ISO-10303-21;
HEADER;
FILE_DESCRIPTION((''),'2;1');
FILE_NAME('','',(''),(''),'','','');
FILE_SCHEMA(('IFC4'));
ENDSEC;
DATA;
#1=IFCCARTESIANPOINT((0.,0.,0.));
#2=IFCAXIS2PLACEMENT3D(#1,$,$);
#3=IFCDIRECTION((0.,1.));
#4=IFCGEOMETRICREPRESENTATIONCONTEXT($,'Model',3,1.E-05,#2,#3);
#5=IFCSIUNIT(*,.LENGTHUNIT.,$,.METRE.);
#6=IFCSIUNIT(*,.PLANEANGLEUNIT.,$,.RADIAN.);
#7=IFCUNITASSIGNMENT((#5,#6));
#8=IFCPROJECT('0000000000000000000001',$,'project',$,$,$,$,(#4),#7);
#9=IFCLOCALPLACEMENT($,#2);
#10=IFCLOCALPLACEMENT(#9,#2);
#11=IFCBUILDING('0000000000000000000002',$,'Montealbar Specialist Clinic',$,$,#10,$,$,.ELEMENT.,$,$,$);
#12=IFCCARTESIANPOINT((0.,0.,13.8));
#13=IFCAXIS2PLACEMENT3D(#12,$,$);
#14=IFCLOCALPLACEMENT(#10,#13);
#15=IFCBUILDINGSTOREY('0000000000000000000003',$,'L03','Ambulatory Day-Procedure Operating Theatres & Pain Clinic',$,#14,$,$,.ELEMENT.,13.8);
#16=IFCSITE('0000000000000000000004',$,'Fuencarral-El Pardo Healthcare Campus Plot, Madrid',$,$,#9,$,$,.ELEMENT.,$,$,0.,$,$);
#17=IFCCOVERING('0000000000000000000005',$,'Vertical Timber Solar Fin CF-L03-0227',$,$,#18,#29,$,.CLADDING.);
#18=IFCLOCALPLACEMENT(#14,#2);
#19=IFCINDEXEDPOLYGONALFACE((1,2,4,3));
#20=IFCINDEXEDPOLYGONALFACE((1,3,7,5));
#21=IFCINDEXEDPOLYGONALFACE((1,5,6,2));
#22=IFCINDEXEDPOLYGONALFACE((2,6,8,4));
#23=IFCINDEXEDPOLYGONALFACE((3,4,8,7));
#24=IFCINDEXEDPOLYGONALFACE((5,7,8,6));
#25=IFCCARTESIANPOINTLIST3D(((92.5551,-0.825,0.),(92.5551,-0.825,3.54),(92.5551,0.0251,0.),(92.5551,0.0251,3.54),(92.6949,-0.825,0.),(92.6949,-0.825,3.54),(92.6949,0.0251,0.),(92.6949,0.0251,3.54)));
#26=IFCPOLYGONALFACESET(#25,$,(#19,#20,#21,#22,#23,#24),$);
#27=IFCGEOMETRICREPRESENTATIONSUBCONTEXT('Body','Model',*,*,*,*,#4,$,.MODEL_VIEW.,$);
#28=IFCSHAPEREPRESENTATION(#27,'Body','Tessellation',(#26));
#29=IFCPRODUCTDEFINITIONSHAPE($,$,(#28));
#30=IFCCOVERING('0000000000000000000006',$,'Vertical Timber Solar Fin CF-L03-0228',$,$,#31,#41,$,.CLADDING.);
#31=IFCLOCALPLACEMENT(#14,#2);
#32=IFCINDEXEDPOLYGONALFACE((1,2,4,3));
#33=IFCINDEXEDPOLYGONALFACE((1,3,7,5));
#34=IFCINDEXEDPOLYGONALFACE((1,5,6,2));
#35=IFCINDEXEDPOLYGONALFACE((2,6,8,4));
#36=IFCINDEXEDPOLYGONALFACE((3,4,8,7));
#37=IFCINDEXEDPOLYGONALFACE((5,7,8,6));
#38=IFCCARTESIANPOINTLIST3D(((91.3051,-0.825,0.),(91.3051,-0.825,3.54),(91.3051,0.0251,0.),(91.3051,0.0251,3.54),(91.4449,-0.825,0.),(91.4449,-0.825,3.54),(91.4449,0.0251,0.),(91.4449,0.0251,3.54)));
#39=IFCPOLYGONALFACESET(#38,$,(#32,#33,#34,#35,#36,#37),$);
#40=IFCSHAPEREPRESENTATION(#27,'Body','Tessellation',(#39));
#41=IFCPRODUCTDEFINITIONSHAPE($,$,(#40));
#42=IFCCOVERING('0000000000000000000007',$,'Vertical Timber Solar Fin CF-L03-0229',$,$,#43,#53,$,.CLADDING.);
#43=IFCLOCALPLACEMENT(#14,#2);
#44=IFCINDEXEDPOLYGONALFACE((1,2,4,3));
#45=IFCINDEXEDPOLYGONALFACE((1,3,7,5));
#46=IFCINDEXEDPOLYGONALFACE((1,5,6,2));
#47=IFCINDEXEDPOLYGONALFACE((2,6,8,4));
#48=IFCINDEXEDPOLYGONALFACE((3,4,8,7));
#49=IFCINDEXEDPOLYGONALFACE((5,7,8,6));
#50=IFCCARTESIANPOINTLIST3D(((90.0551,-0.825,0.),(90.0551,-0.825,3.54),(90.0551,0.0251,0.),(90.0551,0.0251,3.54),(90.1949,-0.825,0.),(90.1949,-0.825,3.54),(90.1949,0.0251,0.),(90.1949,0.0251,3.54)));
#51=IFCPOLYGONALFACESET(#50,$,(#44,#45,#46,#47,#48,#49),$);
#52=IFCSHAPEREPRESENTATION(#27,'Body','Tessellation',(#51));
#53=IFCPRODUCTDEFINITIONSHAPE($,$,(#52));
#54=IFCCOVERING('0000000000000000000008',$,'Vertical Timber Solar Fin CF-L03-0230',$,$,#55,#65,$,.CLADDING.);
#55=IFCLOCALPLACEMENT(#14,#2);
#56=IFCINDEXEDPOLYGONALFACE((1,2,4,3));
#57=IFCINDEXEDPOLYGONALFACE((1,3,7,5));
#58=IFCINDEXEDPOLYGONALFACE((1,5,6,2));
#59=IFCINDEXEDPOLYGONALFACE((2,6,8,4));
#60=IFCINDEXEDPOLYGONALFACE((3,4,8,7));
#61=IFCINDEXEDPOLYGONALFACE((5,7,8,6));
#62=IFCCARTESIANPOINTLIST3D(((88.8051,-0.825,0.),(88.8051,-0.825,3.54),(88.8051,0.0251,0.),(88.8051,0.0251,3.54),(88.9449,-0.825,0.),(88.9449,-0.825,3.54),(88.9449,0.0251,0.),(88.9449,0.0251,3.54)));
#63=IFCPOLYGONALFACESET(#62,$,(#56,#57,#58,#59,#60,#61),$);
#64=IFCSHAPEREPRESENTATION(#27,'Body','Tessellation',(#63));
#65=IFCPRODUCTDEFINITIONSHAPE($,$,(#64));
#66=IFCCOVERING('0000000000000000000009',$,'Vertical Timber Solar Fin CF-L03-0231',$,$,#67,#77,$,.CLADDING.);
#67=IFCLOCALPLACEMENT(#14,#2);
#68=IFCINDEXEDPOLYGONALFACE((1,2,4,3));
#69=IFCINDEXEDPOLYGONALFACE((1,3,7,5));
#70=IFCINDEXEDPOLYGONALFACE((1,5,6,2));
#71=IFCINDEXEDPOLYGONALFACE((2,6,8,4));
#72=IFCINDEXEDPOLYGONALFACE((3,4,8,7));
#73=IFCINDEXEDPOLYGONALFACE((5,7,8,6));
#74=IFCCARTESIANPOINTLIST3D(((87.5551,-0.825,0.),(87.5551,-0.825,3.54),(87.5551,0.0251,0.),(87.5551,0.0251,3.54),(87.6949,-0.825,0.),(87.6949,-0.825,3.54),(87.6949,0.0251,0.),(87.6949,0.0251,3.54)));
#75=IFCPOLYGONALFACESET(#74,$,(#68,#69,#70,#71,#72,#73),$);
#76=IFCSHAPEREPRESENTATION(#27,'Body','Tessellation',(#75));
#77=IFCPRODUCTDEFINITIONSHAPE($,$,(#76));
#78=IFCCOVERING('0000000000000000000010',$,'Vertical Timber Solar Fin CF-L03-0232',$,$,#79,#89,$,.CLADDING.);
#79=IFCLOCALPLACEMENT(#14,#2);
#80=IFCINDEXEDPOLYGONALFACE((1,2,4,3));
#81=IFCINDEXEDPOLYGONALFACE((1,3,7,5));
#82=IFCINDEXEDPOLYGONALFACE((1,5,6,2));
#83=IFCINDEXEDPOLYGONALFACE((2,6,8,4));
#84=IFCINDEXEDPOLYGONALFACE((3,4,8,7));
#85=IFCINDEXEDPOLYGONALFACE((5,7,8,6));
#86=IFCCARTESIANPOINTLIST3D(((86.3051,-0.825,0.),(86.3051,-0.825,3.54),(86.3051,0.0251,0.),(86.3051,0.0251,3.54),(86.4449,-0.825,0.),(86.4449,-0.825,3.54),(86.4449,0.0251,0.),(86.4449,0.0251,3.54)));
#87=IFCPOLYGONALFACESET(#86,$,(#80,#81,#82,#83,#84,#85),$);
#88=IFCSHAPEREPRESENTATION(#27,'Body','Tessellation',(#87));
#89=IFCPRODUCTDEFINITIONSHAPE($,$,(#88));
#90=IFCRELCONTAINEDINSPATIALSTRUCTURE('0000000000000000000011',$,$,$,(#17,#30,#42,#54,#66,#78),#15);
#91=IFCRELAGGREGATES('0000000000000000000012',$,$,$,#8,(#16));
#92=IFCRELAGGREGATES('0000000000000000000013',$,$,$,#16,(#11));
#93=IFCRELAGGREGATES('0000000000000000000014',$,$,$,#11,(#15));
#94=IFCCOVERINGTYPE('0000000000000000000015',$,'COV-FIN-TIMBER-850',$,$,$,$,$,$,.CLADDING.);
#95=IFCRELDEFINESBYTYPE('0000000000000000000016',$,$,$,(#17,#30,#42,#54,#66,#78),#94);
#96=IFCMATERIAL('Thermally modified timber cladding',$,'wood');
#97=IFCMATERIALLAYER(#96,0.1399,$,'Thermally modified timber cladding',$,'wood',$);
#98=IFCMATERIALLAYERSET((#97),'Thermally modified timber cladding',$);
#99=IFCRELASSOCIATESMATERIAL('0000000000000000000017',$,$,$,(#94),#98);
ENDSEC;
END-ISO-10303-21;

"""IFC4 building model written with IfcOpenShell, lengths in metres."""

from ifc_helpers import new_model, si_unit, direction, frame, origin, origin_2d, place, context, subcontext, project, spatial, rectangle, extrude, material, layer, layer_set, type_object, element, save


model = new_model("IFC4")

# Units and contexts
model_context = context("Model", 3, precision=1e-05, world=origin(), true_north=direction((0.0, 1.0)))
body_context = subcontext(model_context, "Body", "Model", "MODEL_VIEW")
ifc_project = project(units=[si_unit("LENGTHUNIT", "METRE"), si_unit("PLANEANGLEUNIT", "RADIAN")], contexts=[model_context])

# Site, building, storey
site_placement = place(None, origin())
site = spatial("IfcSite", under=ifc_project, at=site_placement, Name="Fuencarral-El Pardo Healthcare Campus Plot, Madrid", CompositionType="ELEMENT", RefElevation=0.0)
building_placement = place(site_placement, origin())
building = spatial("IfcBuilding", under=site, at=building_placement, Name="Montealbar Specialist Clinic", CompositionType="ELEMENT")
storey_placement = place(building_placement, frame((0.0, 0.0, 13.8)))
storey = spatial("IfcBuildingStorey", under=building, at=storey_placement, Name="L03", Description="Ambulatory Day-Procedure Operating Theatres & Pain Clinic", CompositionType="ELEMENT", Elevation=13.8)

# Coverings
ifc_material_1 = material(Name="Thermally modified timber cladding", Category="wood")
ifc_layer_1 = layer(ifc_material_1, 0.1399, Name="Thermally modified timber cladding", Category="wood")
ifc_layer_set_1 = layer_set([ifc_layer_1], Name="Thermally modified timber cladding")
covering_type = type_object("IfcCoveringType", Name="COV-FIN-TIMBER-850", PredefinedType="CLADDING", material=ifc_layer_set_1)
for number, where, z_axis, x_axis, name in (
    (1, (92.625, -0.3999, 0.0), (0.0, 0.0, 1.0), (0.0, -1.0, 0.0), "Vertical Timber Solar Fin CF-L03-0227"),
    (2, (91.375, -0.3999, 0.0), (0.0, 0.0, 1.0), (0.0, -1.0, 0.0), "Vertical Timber Solar Fin CF-L03-0228"),
    (3, (90.125, -0.3999, 0.0), (0.0, 0.0, 1.0), (0.0, -1.0, 0.0), "Vertical Timber Solar Fin CF-L03-0229"),
    (4, (88.875, -0.3999, 0.0), (0.0, 0.0, 1.0), (0.0, -1.0, 0.0), "Vertical Timber Solar Fin CF-L03-0230"),
    (5, (87.625, -0.3999, 0.0), (0.0, 0.0, 1.0), (0.0, -1.0, 0.0), "Vertical Timber Solar Fin CF-L03-0231"),
    (6, (86.375, -0.3999, 0.0), (0.0, 0.0, 1.0), (0.0, -1.0, 0.0), "Vertical Timber Solar Fin CF-L03-0232"),
):
    element("IfcCovering", number, at=place(storey_placement, frame(where, z_axis=z_axis, x_axis=x_axis)), inside=storey, type_object=covering_type, Name=name, PredefinedType="CLADDING", context=body_context, shape_type="SweptSolid", body=[
        extrude(rectangle(XDim=0.8501, YDim=0.1399, at=origin_2d()), origin(), (0.0, 0.0, 1.0), 3.54),
    ])

save(model, "model.ifc")
